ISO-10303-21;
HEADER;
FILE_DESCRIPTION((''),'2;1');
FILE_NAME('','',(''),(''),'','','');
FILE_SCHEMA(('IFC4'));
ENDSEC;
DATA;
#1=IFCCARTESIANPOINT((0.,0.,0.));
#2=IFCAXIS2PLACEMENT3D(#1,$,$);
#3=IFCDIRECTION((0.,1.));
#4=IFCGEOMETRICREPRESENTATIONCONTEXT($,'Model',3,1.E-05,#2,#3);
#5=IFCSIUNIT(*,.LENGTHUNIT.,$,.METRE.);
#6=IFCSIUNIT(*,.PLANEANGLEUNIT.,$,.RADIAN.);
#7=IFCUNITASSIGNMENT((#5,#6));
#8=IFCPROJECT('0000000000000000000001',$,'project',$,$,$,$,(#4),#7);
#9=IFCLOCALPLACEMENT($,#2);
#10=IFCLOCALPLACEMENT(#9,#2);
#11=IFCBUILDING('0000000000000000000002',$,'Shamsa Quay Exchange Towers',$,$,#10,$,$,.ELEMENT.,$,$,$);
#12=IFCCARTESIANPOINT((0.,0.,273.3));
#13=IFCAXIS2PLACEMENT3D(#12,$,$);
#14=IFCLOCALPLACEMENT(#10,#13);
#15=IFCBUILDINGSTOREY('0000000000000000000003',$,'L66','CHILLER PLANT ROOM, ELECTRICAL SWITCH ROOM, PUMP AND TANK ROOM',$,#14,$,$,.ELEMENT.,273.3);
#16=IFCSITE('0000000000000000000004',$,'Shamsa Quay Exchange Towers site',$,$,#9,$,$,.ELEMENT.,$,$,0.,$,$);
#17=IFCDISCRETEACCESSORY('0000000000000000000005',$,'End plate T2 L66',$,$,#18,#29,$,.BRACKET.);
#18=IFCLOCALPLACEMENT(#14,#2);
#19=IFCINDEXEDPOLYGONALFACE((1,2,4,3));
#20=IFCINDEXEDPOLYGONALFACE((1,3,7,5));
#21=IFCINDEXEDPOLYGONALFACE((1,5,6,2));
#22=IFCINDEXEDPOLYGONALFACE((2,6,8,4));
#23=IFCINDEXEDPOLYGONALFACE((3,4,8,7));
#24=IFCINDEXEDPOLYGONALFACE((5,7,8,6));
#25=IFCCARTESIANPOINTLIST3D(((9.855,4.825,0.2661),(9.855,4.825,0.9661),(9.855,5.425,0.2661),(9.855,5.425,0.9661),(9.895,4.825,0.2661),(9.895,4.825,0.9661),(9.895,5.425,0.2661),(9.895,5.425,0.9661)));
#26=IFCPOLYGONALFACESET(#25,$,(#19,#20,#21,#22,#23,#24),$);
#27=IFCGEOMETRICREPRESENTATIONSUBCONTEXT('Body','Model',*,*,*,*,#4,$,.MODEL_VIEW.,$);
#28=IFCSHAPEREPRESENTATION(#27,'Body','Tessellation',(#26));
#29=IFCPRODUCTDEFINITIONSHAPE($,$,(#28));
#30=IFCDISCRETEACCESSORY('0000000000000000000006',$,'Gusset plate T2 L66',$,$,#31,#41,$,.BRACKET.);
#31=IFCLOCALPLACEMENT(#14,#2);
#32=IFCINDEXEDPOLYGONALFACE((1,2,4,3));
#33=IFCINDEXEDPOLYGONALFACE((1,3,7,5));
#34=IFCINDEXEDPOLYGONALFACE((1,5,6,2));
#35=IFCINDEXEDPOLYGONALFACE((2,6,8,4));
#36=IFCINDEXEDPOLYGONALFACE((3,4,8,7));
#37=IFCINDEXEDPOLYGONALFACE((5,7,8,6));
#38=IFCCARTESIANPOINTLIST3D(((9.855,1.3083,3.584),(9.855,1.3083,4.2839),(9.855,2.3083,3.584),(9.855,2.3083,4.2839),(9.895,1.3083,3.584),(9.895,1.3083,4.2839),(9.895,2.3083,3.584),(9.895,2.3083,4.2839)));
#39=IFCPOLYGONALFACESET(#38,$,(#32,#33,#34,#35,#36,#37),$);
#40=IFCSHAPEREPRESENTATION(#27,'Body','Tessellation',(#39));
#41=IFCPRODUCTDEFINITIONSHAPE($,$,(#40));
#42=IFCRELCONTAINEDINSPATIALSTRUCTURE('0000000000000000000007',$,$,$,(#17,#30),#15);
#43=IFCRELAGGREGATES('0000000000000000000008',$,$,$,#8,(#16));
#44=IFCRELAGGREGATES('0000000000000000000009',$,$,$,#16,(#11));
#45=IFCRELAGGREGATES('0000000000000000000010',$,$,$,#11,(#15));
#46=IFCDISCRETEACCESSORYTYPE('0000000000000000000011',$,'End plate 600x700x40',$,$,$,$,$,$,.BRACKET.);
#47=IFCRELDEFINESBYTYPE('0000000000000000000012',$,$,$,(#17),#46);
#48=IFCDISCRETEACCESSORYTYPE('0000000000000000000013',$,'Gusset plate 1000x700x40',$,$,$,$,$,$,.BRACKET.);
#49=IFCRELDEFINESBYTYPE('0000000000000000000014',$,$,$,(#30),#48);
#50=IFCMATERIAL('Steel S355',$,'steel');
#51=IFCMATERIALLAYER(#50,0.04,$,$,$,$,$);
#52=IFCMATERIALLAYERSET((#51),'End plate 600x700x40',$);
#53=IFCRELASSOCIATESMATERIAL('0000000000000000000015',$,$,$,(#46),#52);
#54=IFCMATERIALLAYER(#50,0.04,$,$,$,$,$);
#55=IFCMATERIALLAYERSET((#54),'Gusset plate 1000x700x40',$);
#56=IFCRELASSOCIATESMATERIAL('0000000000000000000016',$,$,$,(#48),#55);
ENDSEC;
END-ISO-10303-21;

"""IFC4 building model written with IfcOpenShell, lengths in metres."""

from ifc_helpers import new_model, si_unit, direction, frame, origin, origin_2d, place, context, subcontext, project, spatial, rectangle, extrude, material, layer, layer_set, type_object, element, save


model = new_model("IFC4")

# Units and contexts
model_context = context("Model", 3, precision=1e-05, world=origin(), true_north=direction((0.0, 1.0)))
body_context = subcontext(model_context, "Body", "Model", "MODEL_VIEW")
ifc_project = project(units=[si_unit("LENGTHUNIT", "METRE"), si_unit("PLANEANGLEUNIT", "RADIAN")], contexts=[model_context])

# Site, building, storey
site_placement = place(None, origin())
site = spatial("IfcSite", under=ifc_project, at=site_placement, Name="Shamsa Quay Exchange Towers site", CompositionType="ELEMENT", RefElevation=0.0)
building_placement = place(site_placement, origin())
building = spatial("IfcBuilding", under=site, at=building_placement, Name="Shamsa Quay Exchange Towers", CompositionType="ELEMENT")
storey_placement = place(building_placement, frame((0.0, 0.0, 273.3)))
storey = spatial("IfcBuildingStorey", under=building, at=storey_placement, Name="L66", Description="CHILLER PLANT ROOM, ELECTRICAL SWITCH ROOM, PUMP AND TANK ROOM", CompositionType="ELEMENT", Elevation=273.3)

# Shared definitions
ifc_material_1 = material(Name="Steel S355", Category="steel")

# Discrete accessories
ifc_layer_1 = layer(ifc_material_1, 0.04)
ifc_layer_set_1 = layer_set([ifc_layer_1], Name="End plate 600x700x40")
discrete_accessory_type_1 = type_object("IfcDiscreteAccessoryType", Name="End plate 600x700x40", PredefinedType="BRACKET", material=ifc_layer_set_1)
discrete_accessory_1_placement = place(storey_placement, frame((9.875, 5.125, 0.2661), z_axis=(0.0, 0.0, 1.0), x_axis=(0.0, -1.0, 0.0)))
element("IfcDiscreteAccessory", 1, at=discrete_accessory_1_placement, inside=storey, type_object=discrete_accessory_type_1, Name="End plate T2 L66", PredefinedType="BRACKET", context=body_context, shape_type="SweptSolid", body=[
    extrude(rectangle(XDim=0.6001, YDim=0.04, at=origin_2d()), origin(), (0.0, 0.0, 1.0), 0.7),
])
ifc_layer_2 = layer(ifc_material_1, 0.04)
ifc_layer_set_2 = layer_set([ifc_layer_2], Name="Gusset plate 1000x700x40")
discrete_accessory_type_2 = type_object("IfcDiscreteAccessoryType", Name="Gusset plate 1000x700x40", PredefinedType="BRACKET", material=ifc_layer_set_2)
discrete_accessory_2_placement = place(storey_placement, frame((9.875, 1.8083, 3.584), z_axis=(0.0, 0.0, 1.0), x_axis=(0.0, -1.0, 0.0)))
element("IfcDiscreteAccessory", 2, at=discrete_accessory_2_placement, inside=storey, type_object=discrete_accessory_type_2, Name="Gusset plate T2 L66", PredefinedType="BRACKET", context=body_context, shape_type="SweptSolid", body=[
    extrude(rectangle(XDim=1.0, YDim=0.04, at=origin_2d()), origin(), (0.0, 0.0, 1.0), 0.7),
])

save(model, "model.ifc")
